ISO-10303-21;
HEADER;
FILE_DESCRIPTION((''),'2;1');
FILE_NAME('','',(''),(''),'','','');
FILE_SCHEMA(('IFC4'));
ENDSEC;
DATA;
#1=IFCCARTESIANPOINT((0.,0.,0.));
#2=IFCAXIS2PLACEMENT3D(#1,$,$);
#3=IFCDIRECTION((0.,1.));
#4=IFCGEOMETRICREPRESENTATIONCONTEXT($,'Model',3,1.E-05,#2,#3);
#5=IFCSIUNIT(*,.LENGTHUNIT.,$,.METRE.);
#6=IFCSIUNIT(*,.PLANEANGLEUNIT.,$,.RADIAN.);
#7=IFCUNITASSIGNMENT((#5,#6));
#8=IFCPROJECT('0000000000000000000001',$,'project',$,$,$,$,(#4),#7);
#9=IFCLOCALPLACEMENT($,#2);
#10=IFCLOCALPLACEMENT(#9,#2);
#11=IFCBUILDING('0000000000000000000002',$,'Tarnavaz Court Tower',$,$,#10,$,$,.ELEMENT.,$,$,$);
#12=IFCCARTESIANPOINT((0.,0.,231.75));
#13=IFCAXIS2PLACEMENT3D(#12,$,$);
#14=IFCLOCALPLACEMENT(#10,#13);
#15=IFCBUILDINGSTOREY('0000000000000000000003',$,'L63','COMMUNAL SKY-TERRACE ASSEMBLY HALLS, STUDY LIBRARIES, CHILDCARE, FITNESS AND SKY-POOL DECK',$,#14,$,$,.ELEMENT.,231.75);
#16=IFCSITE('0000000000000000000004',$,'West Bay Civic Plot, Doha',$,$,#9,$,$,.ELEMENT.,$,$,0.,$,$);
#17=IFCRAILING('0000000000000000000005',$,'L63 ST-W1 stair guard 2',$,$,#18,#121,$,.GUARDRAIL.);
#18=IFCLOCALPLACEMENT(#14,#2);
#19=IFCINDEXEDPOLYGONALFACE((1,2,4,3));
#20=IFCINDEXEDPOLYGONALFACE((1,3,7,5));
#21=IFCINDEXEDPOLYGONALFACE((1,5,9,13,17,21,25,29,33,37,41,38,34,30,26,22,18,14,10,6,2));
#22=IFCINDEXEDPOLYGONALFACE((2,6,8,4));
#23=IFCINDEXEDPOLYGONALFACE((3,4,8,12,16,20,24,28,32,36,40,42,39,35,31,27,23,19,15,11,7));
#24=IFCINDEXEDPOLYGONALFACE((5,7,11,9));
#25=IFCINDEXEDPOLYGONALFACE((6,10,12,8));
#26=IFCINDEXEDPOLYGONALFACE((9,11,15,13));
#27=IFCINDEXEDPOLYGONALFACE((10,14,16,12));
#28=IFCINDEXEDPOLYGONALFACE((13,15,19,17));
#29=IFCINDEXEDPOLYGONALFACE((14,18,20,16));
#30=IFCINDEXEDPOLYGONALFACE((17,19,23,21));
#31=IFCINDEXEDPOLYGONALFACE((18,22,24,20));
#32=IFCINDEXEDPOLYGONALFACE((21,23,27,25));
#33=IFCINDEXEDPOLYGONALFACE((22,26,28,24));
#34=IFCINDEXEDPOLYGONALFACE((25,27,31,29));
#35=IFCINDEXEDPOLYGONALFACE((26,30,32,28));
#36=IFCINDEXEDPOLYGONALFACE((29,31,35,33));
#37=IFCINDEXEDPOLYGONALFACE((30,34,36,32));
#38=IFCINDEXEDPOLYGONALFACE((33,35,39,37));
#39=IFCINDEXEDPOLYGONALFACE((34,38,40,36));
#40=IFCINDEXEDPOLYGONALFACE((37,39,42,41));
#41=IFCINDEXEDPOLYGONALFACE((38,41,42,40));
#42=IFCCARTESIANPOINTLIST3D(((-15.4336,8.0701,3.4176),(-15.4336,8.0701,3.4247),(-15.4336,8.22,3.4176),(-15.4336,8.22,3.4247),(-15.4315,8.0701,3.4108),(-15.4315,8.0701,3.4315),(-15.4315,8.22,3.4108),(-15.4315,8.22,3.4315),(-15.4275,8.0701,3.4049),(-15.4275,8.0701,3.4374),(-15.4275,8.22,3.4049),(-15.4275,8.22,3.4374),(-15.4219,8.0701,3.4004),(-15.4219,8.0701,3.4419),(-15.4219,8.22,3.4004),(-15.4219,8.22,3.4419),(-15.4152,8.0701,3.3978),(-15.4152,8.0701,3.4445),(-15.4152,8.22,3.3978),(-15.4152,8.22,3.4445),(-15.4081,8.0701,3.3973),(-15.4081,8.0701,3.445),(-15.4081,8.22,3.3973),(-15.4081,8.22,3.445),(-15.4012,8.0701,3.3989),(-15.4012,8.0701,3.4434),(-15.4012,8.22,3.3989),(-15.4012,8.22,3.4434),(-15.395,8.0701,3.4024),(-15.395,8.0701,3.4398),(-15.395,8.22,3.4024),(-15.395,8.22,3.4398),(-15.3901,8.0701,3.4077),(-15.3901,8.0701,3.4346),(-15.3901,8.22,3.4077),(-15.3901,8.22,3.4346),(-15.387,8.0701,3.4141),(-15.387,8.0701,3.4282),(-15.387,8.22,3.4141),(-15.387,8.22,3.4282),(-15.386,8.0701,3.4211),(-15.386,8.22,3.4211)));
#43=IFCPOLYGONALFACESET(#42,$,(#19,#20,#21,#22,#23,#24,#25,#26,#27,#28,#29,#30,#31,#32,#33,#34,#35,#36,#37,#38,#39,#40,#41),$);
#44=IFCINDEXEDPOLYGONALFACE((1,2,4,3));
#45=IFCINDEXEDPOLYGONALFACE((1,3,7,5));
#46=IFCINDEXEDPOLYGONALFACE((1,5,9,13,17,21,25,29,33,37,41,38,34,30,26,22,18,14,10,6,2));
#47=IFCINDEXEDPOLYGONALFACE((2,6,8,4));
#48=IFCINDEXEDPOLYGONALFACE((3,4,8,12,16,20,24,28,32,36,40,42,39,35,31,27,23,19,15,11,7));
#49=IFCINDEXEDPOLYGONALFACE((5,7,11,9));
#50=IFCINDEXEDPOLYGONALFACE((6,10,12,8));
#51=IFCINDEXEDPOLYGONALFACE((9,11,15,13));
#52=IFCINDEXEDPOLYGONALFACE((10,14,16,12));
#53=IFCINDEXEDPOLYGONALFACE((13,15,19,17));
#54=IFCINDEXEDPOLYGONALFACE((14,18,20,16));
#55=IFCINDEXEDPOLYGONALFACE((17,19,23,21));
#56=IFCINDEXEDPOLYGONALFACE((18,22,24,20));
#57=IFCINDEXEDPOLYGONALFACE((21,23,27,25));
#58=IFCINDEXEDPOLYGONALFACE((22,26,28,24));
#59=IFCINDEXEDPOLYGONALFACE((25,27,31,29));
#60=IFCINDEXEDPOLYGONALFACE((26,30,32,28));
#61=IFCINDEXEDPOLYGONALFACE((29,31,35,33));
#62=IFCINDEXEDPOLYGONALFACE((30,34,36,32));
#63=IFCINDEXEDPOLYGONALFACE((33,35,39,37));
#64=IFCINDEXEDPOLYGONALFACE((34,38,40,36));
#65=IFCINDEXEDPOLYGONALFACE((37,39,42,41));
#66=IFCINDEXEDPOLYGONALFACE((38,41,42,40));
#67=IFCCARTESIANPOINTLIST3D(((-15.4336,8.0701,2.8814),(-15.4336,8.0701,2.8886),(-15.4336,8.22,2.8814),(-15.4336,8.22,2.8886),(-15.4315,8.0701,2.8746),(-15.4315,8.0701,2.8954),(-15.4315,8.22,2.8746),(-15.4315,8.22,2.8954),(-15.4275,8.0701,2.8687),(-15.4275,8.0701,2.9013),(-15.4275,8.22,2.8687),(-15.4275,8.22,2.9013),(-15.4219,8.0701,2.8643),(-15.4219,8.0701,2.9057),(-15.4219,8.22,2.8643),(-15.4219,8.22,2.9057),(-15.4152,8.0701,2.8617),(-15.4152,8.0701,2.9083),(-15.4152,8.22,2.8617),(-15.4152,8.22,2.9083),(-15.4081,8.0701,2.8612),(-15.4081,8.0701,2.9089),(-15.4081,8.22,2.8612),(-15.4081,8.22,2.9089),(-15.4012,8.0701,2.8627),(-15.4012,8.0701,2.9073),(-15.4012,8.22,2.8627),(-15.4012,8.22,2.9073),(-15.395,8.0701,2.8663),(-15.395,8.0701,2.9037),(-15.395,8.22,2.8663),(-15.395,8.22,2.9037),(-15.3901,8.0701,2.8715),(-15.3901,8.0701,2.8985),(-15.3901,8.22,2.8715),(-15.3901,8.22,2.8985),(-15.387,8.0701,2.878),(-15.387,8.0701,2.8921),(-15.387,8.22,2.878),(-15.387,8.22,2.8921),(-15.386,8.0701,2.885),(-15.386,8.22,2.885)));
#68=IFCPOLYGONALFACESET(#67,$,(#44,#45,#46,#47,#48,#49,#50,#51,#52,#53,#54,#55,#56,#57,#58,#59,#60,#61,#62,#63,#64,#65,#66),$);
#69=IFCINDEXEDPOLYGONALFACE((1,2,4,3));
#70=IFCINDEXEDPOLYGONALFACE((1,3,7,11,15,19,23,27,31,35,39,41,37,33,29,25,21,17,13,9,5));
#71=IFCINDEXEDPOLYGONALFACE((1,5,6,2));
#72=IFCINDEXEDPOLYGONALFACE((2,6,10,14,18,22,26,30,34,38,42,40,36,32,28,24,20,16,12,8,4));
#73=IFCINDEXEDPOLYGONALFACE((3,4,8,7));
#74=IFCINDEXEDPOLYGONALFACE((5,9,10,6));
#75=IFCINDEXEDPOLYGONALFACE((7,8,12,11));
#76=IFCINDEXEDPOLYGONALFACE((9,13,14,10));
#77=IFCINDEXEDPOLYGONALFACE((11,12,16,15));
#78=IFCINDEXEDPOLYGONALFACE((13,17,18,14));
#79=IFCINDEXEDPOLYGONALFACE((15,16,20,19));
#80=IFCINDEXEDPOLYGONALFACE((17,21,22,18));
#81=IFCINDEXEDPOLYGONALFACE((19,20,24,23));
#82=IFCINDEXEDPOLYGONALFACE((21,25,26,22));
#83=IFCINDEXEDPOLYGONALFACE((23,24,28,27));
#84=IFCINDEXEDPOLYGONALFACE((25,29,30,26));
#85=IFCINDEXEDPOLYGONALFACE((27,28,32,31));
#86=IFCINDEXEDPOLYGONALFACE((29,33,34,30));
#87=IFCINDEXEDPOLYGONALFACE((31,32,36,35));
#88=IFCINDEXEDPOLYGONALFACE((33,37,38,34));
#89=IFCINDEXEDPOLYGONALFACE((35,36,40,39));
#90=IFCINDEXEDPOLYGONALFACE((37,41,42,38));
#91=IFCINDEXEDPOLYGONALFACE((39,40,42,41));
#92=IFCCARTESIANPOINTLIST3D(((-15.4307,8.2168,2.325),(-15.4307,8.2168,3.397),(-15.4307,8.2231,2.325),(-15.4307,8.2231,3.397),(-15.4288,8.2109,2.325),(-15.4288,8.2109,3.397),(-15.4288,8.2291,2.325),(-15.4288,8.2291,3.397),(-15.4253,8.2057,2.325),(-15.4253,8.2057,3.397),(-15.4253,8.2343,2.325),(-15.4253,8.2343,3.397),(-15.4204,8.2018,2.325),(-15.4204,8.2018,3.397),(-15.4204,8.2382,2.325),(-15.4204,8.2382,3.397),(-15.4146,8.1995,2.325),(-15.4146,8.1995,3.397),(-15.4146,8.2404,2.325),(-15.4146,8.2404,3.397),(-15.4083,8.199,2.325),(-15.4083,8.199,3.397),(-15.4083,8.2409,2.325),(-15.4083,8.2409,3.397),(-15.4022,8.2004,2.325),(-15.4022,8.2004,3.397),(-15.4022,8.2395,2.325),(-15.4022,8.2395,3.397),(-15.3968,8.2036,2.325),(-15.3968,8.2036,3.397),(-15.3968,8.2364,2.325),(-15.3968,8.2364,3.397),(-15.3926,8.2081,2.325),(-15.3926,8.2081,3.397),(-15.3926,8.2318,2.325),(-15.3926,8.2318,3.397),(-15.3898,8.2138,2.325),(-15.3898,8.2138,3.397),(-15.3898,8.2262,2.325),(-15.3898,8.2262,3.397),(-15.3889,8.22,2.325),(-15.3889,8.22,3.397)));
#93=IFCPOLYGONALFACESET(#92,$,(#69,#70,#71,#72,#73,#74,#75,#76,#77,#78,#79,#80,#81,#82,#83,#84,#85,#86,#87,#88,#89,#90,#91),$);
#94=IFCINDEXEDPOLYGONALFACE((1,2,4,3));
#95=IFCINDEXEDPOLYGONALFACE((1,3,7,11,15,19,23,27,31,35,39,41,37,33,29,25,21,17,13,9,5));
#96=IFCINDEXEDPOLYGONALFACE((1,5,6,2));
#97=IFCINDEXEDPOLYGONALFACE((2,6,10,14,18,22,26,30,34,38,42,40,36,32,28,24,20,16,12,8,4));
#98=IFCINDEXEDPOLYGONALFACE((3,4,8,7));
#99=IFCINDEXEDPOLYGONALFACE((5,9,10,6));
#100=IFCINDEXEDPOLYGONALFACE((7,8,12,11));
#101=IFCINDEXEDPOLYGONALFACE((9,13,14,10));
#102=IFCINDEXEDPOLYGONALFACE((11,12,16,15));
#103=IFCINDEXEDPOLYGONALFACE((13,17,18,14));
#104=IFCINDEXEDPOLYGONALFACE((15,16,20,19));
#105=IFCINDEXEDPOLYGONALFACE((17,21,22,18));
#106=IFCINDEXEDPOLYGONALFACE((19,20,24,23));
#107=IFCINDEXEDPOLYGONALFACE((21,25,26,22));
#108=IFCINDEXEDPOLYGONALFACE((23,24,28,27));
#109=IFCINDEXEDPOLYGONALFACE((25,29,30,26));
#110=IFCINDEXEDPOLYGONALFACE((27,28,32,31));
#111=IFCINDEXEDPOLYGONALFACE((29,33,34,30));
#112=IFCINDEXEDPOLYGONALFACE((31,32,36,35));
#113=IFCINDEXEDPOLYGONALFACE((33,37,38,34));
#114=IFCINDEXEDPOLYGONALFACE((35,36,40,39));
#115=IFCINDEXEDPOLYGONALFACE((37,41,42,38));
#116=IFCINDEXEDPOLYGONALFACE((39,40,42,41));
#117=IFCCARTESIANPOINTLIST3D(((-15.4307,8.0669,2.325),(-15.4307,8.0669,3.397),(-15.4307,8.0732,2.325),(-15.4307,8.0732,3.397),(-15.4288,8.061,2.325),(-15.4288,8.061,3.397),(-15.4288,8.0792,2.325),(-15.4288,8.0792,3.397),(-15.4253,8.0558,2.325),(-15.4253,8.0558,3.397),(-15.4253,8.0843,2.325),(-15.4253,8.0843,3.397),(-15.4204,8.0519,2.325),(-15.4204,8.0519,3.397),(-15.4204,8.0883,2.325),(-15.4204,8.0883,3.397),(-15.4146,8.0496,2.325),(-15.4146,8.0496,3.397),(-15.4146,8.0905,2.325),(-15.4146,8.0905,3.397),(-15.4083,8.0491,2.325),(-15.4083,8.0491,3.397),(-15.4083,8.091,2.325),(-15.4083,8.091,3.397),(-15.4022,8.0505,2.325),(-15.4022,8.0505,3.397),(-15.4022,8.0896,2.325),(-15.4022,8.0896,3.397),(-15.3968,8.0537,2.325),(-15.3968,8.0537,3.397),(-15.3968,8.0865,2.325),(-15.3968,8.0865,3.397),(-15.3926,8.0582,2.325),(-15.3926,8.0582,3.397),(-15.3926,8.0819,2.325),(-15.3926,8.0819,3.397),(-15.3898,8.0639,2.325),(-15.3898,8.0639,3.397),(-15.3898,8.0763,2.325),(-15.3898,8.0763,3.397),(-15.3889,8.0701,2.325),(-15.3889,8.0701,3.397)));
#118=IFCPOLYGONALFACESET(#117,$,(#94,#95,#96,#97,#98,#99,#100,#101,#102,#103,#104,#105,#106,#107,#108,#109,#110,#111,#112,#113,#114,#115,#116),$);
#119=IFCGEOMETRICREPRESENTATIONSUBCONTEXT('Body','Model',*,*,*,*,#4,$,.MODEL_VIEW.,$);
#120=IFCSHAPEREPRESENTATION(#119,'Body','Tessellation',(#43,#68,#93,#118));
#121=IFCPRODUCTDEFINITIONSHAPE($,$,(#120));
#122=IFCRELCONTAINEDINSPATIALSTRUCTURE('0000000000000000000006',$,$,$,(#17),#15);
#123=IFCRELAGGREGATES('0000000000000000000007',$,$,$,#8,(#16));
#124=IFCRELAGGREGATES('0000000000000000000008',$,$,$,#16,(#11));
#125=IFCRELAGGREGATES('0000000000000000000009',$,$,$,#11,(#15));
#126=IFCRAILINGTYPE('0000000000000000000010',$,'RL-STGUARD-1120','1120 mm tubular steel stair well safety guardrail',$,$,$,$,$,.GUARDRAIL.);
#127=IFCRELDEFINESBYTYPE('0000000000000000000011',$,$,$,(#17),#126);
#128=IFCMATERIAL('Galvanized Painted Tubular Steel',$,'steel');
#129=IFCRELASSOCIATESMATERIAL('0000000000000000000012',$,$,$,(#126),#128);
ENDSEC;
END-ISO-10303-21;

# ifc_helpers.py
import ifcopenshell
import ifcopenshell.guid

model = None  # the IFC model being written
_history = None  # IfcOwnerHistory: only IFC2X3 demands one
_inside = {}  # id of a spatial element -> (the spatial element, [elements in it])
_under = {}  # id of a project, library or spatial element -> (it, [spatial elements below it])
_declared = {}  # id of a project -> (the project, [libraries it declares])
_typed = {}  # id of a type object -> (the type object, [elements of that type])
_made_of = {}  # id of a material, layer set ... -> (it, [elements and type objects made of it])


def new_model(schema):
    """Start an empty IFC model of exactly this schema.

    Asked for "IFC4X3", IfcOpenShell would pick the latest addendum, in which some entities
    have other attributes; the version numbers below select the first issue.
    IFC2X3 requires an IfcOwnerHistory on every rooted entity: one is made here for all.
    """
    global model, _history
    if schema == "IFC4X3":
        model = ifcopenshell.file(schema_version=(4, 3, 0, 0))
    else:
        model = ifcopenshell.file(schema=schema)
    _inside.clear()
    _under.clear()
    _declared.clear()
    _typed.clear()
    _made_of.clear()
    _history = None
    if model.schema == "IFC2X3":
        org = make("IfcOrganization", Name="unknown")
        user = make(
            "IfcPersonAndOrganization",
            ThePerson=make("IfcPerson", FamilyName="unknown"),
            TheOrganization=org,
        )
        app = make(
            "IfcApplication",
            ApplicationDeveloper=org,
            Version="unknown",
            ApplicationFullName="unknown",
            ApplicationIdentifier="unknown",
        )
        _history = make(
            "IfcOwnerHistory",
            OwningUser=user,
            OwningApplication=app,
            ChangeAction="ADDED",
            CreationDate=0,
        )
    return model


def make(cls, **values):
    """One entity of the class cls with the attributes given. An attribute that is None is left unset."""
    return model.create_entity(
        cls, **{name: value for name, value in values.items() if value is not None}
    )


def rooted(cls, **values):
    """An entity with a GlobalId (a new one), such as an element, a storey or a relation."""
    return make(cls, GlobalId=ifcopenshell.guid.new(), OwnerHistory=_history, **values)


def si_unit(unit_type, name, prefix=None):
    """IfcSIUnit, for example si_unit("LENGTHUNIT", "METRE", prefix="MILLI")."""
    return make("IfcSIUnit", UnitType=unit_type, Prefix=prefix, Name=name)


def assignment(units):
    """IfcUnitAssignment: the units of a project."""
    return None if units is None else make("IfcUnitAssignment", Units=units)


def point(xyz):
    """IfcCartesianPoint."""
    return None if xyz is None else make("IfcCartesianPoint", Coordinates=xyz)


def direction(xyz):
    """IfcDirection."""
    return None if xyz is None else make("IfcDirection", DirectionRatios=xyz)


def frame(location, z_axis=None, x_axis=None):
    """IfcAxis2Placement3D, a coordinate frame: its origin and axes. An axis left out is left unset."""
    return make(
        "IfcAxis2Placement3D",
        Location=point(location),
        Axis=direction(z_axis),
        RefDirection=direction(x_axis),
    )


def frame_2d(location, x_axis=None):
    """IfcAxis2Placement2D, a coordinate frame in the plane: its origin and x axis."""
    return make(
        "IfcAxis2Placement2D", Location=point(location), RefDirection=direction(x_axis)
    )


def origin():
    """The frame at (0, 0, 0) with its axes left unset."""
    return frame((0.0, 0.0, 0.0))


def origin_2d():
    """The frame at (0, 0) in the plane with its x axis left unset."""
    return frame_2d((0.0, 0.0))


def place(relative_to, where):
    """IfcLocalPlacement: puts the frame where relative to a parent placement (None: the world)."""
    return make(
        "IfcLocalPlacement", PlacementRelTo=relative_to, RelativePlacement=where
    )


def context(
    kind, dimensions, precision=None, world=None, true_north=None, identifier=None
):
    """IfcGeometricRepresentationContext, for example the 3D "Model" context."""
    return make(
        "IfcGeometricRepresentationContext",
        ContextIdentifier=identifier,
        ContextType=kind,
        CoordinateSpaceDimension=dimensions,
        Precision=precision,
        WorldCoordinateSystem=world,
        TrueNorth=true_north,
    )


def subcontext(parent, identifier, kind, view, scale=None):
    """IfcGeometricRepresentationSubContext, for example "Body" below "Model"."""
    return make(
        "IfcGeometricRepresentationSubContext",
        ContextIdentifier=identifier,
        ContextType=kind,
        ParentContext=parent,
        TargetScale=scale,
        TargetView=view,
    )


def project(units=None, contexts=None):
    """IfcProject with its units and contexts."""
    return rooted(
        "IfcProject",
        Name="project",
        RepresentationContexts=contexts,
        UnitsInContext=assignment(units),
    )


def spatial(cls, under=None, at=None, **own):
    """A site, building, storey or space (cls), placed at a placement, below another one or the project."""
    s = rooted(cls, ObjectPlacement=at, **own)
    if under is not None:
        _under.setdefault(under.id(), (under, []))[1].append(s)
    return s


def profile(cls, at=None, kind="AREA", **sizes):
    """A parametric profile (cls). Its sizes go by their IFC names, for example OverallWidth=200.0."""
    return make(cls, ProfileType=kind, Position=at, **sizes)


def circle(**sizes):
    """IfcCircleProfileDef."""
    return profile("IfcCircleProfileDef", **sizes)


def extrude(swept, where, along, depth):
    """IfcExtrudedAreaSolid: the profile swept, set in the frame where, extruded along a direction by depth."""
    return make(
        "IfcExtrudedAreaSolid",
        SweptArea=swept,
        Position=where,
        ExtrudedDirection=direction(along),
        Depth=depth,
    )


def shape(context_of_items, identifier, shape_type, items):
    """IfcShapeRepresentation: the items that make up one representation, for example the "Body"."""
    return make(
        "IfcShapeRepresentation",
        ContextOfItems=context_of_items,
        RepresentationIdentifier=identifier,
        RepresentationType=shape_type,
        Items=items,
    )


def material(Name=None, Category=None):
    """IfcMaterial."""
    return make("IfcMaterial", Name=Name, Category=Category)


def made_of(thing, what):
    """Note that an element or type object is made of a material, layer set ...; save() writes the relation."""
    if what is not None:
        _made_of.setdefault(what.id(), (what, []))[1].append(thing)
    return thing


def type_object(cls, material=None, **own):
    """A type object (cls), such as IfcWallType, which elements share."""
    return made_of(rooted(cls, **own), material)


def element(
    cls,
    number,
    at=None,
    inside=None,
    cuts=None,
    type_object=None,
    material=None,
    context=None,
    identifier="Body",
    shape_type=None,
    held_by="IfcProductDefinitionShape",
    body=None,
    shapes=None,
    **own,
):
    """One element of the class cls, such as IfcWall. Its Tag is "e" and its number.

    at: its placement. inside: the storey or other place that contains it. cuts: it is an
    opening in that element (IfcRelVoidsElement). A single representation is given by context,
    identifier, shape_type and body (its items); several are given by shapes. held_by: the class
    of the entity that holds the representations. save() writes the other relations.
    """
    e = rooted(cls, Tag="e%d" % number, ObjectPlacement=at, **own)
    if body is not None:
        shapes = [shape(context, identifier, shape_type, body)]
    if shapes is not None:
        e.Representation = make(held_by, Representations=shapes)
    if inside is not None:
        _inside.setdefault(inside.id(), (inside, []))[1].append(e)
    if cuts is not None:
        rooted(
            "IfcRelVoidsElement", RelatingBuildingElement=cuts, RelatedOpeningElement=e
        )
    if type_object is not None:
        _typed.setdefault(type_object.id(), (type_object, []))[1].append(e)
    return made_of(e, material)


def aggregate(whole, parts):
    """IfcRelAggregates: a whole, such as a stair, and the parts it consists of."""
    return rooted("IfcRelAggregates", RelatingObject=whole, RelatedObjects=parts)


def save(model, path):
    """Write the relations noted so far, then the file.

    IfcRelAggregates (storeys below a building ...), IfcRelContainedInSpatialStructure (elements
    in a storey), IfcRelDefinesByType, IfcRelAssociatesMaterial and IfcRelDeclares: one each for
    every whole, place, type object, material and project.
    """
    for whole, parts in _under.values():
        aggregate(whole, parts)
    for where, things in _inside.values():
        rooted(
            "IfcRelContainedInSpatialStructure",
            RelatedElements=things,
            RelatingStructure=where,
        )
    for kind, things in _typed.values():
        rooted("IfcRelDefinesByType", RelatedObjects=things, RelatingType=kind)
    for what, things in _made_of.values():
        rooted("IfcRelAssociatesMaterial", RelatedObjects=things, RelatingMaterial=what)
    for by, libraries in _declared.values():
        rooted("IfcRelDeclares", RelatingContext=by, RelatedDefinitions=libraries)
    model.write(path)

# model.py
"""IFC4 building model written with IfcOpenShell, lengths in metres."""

from ifc_helpers import new_model, si_unit, direction, frame, origin, origin_2d, place, context, subcontext, project, spatial, circle, extrude, material, type_object, element, save


model = new_model("IFC4")

# Units and contexts
model_context = context("Model", 3, precision=1e-05, world=origin(), true_north=direction((0.0, 1.0)))
body_context = subcontext(model_context, "Body", "Model", "MODEL_VIEW")
ifc_project = project(units=[si_unit("LENGTHUNIT", "METRE"), si_unit("PLANEANGLEUNIT", "RADIAN")], contexts=[model_context])

# Site, building, storey
site_placement = place(None, origin())
site = spatial("IfcSite", under=ifc_project, at=site_placement, Name="West Bay Civic Plot, Doha", CompositionType="ELEMENT", RefElevation=0.0)
building_placement = place(site_placement, origin())
building = spatial("IfcBuilding", under=site, at=building_placement, Name="Tarnavaz Court Tower", CompositionType="ELEMENT")
storey_placement = place(building_placement, frame((0.0, 0.0, 231.75)))
storey = spatial("IfcBuildingStorey", under=building, at=storey_placement, Name="L63", Description="COMMUNAL SKY-TERRACE ASSEMBLY HALLS, STUDY LIBRARIES, CHILDCARE, FITNESS AND SKY-POOL DECK", CompositionType="ELEMENT", Elevation=231.75)

# Railing
ifc_material_1 = material(Name="Galvanized Painted Tubular Steel", Category="steel")
railing_type_1 = type_object("IfcRailingType", Name="RL-STGUARD-1120", Description="1120 mm tubular steel stair well safety guardrail", PredefinedType="GUARDRAIL", material=ifc_material_1)
railing_1_placement = place(storey_placement, frame((-15.4099, 8.22, 2.325)))
element("IfcRailing", 1, at=railing_1_placement, inside=storey, type_object=railing_type_1, Name="L63 ST-W1 stair guard 2", PredefinedType="GUARDRAIL", context=body_context, shape_type="SweptSolid", body=[
    extrude(circle(Radius=0.0239, at=origin_2d()), frame((0.0, 0.0, 1.0962), z_axis=(0.0, -1.0, 0.0), x_axis=(1.0, 0.0, 0.0)), (0.0, 0.0, 1.0), 0.1499),
    extrude(circle(Radius=0.0239, at=origin_2d()), frame((0.0, 0.0, 0.5601), z_axis=(0.0, -1.0, 0.0), x_axis=(1.0, 0.0, 0.0)), (0.0, 0.0, 1.0), 0.1499),
    extrude(circle(Radius=0.021, at=origin_2d()), origin(), (0.0, 0.0, 1.0), 1.072),
    extrude(circle(Radius=0.021, at=origin_2d()), frame((0.0, -0.1499, 0.0)), (0.0, 0.0, 1.0), 1.072),
])

save(model, "model.ifc")
